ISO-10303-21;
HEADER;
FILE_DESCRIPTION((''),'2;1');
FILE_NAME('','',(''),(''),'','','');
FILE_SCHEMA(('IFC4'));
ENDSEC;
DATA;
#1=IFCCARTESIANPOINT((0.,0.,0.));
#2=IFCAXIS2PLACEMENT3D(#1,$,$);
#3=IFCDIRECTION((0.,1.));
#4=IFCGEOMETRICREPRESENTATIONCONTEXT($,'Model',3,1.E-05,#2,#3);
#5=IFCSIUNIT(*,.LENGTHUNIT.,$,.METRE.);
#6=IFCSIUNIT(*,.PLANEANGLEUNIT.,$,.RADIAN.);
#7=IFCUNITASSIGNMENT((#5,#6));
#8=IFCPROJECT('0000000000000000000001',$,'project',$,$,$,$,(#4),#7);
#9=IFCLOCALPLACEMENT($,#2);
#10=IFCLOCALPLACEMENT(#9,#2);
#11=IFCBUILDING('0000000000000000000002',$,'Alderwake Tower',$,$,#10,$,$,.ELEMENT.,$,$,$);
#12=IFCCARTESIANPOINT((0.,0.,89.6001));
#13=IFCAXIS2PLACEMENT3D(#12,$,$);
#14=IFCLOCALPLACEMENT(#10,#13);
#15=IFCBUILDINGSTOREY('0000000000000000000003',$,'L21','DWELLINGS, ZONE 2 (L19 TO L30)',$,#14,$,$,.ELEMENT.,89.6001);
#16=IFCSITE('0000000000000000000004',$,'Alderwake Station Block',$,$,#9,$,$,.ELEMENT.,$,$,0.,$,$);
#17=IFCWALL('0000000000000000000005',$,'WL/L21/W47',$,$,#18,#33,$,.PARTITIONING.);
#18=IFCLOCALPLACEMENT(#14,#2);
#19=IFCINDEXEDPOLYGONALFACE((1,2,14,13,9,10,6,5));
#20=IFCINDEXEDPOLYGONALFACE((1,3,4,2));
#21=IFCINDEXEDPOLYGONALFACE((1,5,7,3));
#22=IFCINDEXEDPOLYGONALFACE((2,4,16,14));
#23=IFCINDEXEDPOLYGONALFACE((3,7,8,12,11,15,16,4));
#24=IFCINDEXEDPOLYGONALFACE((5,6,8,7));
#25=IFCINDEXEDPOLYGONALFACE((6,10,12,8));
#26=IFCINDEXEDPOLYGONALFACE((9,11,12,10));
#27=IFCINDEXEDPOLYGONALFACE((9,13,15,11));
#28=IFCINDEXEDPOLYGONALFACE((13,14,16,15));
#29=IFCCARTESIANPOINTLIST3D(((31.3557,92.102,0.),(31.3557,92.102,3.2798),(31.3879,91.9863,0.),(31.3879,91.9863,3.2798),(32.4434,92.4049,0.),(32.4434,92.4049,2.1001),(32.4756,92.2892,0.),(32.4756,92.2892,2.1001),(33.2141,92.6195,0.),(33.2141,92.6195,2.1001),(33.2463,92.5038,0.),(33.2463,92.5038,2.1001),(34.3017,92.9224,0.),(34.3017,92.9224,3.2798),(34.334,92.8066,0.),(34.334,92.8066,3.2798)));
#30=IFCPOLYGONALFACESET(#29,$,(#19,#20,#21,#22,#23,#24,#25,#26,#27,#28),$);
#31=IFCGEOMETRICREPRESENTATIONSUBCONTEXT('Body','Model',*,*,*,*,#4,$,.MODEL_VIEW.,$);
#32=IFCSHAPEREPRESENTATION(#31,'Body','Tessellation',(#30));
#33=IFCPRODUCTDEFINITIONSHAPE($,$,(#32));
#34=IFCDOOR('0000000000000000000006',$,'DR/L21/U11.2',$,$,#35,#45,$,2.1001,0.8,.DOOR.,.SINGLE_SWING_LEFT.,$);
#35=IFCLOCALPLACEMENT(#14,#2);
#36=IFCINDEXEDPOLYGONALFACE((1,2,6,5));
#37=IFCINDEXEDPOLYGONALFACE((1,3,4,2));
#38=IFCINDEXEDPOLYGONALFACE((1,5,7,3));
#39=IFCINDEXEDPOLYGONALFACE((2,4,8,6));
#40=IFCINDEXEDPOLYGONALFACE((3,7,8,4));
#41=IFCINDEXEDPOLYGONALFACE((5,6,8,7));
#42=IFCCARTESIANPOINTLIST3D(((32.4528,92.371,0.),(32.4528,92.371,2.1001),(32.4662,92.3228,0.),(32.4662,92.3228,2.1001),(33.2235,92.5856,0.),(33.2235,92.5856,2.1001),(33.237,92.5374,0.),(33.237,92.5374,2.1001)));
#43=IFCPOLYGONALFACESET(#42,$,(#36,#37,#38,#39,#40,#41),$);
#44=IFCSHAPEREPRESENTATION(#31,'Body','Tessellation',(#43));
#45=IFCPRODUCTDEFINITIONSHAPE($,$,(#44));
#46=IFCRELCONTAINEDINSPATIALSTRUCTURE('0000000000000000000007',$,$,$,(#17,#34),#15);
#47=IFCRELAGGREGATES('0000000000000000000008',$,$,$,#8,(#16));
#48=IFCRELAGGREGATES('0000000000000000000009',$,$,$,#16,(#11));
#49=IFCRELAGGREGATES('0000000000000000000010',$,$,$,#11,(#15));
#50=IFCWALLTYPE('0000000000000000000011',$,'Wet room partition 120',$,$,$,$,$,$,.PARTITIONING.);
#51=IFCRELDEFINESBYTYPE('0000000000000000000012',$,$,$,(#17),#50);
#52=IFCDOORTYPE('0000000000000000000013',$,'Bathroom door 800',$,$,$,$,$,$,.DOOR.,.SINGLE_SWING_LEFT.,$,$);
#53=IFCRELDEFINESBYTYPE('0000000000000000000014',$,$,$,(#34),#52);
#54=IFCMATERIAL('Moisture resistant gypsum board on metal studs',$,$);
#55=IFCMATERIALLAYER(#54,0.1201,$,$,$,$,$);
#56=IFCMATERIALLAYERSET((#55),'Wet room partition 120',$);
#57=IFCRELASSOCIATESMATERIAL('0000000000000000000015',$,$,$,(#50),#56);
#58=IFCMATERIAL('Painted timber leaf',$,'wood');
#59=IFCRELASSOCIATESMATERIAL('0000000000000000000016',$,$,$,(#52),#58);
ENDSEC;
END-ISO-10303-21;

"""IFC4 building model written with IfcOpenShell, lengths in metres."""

from ifc_helpers import new_model, si_unit, direction, frame, frame_2d, origin, place, context, subcontext, project, spatial, rectangle, extrude, material, layer, layer_set, type_object, element, fill, save


model = new_model("IFC4")

# Units and contexts
model_context = context("Model", 3, precision=1e-05, world=origin(), true_north=direction((0.0, 1.0)))
body_context = subcontext(model_context, "Body", "Model", "MODEL_VIEW")
ifc_project = project(units=[si_unit("LENGTHUNIT", "METRE"), si_unit("PLANEANGLEUNIT", "RADIAN")], contexts=[model_context])

# Site, building, storey
site_placement = place(None, origin())
site = spatial("IfcSite", under=ifc_project, at=site_placement, Name="Alderwake Station Block", CompositionType="ELEMENT", RefElevation=0.0)
building_placement = place(site_placement, origin())
building = spatial("IfcBuilding", under=site, at=building_placement, Name="Alderwake Tower", CompositionType="ELEMENT")
storey_placement = place(building_placement, frame((0.0, 0.0, 89.6001)))
storey = spatial("IfcBuildingStorey", under=building, at=storey_placement, Name="L21", Description="DWELLINGS, ZONE 2 (L19 TO L30)", CompositionType="ELEMENT", Elevation=89.6001)

# Shared definitions
ifc_material_1 = material(Name="Moisture resistant gypsum board on metal studs")
ifc_layer_1 = layer(ifc_material_1, 0.1201)
ifc_layer_set_1 = layer_set([ifc_layer_1], Name="Wet room partition 120")
wall_type_1 = type_object("IfcWallType", Name="Wet room partition 120", PredefinedType="PARTITIONING", material=ifc_layer_set_1)

# Wall, opening, door
wall_1_placement = place(storey_placement, frame((31.3718, 92.0442, 0.0), z_axis=(0.0, 0.0, 1.0), x_axis=(0.963352, 0.268241, 0.0)))
wall_1 = element("IfcWall", 1, at=wall_1_placement, inside=storey, type_object=wall_type_1, Name="WL/L21/W47", PredefinedType="PARTITIONING", context=body_context, shape_type="SweptSolid", body=[
    extrude(rectangle(XDim=3.0581, YDim=0.1201, at=frame_2d((1.5291, 0.0))), origin(), (0.0, 0.0, 1.0), 3.2798),
])
opening_1_placement = place(wall_1_placement, frame((1.1292, 0.0, 0.0)))
opening_1 = element("IfcOpeningElement", 2, at=opening_1_placement, cuts=wall_1, PredefinedType="OPENING", context=body_context, shape_type="SweptSolid", body=[
    extrude(rectangle(XDim=0.8, YDim=2.1001, at=frame_2d((0.3999, 1.05))), frame((0.0, 0.0701, 0.0), z_axis=(0.0, -1.0, 0.0), x_axis=(1.0, 0.0, 0.0)), (0.0, 0.0, 1.0), 0.1401),
])
ifc_material_2 = material(Name="Painted timber leaf", Category="wood")
door_type_1 = type_object("IfcDoorType", Name="Bathroom door 800", OperationType="SINGLE_SWING_LEFT", PredefinedType="DOOR", material=ifc_material_2)
door_1_placement = place(opening_1_placement, origin())
door_1 = element("IfcDoor", 3, at=door_1_placement, inside=storey, type_object=door_type_1, Name="DR/L21/U11.2", OperationType="SINGLE_SWING_LEFT", OverallHeight=2.1001, OverallWidth=0.8, PredefinedType="DOOR", context=body_context, shape_type="SweptSolid", body=[
    extrude(rectangle(XDim=0.8, YDim=2.1001, at=frame_2d((0.3999, 1.05))), frame((0.0, 0.0249, 0.0), z_axis=(0.0, -1.0, 0.0), x_axis=(1.0, 0.0, 0.0)), (0.0, 0.0, 1.0), 0.05),
])
fill(opening_1, door_1)

save(model, "model.ifc")
